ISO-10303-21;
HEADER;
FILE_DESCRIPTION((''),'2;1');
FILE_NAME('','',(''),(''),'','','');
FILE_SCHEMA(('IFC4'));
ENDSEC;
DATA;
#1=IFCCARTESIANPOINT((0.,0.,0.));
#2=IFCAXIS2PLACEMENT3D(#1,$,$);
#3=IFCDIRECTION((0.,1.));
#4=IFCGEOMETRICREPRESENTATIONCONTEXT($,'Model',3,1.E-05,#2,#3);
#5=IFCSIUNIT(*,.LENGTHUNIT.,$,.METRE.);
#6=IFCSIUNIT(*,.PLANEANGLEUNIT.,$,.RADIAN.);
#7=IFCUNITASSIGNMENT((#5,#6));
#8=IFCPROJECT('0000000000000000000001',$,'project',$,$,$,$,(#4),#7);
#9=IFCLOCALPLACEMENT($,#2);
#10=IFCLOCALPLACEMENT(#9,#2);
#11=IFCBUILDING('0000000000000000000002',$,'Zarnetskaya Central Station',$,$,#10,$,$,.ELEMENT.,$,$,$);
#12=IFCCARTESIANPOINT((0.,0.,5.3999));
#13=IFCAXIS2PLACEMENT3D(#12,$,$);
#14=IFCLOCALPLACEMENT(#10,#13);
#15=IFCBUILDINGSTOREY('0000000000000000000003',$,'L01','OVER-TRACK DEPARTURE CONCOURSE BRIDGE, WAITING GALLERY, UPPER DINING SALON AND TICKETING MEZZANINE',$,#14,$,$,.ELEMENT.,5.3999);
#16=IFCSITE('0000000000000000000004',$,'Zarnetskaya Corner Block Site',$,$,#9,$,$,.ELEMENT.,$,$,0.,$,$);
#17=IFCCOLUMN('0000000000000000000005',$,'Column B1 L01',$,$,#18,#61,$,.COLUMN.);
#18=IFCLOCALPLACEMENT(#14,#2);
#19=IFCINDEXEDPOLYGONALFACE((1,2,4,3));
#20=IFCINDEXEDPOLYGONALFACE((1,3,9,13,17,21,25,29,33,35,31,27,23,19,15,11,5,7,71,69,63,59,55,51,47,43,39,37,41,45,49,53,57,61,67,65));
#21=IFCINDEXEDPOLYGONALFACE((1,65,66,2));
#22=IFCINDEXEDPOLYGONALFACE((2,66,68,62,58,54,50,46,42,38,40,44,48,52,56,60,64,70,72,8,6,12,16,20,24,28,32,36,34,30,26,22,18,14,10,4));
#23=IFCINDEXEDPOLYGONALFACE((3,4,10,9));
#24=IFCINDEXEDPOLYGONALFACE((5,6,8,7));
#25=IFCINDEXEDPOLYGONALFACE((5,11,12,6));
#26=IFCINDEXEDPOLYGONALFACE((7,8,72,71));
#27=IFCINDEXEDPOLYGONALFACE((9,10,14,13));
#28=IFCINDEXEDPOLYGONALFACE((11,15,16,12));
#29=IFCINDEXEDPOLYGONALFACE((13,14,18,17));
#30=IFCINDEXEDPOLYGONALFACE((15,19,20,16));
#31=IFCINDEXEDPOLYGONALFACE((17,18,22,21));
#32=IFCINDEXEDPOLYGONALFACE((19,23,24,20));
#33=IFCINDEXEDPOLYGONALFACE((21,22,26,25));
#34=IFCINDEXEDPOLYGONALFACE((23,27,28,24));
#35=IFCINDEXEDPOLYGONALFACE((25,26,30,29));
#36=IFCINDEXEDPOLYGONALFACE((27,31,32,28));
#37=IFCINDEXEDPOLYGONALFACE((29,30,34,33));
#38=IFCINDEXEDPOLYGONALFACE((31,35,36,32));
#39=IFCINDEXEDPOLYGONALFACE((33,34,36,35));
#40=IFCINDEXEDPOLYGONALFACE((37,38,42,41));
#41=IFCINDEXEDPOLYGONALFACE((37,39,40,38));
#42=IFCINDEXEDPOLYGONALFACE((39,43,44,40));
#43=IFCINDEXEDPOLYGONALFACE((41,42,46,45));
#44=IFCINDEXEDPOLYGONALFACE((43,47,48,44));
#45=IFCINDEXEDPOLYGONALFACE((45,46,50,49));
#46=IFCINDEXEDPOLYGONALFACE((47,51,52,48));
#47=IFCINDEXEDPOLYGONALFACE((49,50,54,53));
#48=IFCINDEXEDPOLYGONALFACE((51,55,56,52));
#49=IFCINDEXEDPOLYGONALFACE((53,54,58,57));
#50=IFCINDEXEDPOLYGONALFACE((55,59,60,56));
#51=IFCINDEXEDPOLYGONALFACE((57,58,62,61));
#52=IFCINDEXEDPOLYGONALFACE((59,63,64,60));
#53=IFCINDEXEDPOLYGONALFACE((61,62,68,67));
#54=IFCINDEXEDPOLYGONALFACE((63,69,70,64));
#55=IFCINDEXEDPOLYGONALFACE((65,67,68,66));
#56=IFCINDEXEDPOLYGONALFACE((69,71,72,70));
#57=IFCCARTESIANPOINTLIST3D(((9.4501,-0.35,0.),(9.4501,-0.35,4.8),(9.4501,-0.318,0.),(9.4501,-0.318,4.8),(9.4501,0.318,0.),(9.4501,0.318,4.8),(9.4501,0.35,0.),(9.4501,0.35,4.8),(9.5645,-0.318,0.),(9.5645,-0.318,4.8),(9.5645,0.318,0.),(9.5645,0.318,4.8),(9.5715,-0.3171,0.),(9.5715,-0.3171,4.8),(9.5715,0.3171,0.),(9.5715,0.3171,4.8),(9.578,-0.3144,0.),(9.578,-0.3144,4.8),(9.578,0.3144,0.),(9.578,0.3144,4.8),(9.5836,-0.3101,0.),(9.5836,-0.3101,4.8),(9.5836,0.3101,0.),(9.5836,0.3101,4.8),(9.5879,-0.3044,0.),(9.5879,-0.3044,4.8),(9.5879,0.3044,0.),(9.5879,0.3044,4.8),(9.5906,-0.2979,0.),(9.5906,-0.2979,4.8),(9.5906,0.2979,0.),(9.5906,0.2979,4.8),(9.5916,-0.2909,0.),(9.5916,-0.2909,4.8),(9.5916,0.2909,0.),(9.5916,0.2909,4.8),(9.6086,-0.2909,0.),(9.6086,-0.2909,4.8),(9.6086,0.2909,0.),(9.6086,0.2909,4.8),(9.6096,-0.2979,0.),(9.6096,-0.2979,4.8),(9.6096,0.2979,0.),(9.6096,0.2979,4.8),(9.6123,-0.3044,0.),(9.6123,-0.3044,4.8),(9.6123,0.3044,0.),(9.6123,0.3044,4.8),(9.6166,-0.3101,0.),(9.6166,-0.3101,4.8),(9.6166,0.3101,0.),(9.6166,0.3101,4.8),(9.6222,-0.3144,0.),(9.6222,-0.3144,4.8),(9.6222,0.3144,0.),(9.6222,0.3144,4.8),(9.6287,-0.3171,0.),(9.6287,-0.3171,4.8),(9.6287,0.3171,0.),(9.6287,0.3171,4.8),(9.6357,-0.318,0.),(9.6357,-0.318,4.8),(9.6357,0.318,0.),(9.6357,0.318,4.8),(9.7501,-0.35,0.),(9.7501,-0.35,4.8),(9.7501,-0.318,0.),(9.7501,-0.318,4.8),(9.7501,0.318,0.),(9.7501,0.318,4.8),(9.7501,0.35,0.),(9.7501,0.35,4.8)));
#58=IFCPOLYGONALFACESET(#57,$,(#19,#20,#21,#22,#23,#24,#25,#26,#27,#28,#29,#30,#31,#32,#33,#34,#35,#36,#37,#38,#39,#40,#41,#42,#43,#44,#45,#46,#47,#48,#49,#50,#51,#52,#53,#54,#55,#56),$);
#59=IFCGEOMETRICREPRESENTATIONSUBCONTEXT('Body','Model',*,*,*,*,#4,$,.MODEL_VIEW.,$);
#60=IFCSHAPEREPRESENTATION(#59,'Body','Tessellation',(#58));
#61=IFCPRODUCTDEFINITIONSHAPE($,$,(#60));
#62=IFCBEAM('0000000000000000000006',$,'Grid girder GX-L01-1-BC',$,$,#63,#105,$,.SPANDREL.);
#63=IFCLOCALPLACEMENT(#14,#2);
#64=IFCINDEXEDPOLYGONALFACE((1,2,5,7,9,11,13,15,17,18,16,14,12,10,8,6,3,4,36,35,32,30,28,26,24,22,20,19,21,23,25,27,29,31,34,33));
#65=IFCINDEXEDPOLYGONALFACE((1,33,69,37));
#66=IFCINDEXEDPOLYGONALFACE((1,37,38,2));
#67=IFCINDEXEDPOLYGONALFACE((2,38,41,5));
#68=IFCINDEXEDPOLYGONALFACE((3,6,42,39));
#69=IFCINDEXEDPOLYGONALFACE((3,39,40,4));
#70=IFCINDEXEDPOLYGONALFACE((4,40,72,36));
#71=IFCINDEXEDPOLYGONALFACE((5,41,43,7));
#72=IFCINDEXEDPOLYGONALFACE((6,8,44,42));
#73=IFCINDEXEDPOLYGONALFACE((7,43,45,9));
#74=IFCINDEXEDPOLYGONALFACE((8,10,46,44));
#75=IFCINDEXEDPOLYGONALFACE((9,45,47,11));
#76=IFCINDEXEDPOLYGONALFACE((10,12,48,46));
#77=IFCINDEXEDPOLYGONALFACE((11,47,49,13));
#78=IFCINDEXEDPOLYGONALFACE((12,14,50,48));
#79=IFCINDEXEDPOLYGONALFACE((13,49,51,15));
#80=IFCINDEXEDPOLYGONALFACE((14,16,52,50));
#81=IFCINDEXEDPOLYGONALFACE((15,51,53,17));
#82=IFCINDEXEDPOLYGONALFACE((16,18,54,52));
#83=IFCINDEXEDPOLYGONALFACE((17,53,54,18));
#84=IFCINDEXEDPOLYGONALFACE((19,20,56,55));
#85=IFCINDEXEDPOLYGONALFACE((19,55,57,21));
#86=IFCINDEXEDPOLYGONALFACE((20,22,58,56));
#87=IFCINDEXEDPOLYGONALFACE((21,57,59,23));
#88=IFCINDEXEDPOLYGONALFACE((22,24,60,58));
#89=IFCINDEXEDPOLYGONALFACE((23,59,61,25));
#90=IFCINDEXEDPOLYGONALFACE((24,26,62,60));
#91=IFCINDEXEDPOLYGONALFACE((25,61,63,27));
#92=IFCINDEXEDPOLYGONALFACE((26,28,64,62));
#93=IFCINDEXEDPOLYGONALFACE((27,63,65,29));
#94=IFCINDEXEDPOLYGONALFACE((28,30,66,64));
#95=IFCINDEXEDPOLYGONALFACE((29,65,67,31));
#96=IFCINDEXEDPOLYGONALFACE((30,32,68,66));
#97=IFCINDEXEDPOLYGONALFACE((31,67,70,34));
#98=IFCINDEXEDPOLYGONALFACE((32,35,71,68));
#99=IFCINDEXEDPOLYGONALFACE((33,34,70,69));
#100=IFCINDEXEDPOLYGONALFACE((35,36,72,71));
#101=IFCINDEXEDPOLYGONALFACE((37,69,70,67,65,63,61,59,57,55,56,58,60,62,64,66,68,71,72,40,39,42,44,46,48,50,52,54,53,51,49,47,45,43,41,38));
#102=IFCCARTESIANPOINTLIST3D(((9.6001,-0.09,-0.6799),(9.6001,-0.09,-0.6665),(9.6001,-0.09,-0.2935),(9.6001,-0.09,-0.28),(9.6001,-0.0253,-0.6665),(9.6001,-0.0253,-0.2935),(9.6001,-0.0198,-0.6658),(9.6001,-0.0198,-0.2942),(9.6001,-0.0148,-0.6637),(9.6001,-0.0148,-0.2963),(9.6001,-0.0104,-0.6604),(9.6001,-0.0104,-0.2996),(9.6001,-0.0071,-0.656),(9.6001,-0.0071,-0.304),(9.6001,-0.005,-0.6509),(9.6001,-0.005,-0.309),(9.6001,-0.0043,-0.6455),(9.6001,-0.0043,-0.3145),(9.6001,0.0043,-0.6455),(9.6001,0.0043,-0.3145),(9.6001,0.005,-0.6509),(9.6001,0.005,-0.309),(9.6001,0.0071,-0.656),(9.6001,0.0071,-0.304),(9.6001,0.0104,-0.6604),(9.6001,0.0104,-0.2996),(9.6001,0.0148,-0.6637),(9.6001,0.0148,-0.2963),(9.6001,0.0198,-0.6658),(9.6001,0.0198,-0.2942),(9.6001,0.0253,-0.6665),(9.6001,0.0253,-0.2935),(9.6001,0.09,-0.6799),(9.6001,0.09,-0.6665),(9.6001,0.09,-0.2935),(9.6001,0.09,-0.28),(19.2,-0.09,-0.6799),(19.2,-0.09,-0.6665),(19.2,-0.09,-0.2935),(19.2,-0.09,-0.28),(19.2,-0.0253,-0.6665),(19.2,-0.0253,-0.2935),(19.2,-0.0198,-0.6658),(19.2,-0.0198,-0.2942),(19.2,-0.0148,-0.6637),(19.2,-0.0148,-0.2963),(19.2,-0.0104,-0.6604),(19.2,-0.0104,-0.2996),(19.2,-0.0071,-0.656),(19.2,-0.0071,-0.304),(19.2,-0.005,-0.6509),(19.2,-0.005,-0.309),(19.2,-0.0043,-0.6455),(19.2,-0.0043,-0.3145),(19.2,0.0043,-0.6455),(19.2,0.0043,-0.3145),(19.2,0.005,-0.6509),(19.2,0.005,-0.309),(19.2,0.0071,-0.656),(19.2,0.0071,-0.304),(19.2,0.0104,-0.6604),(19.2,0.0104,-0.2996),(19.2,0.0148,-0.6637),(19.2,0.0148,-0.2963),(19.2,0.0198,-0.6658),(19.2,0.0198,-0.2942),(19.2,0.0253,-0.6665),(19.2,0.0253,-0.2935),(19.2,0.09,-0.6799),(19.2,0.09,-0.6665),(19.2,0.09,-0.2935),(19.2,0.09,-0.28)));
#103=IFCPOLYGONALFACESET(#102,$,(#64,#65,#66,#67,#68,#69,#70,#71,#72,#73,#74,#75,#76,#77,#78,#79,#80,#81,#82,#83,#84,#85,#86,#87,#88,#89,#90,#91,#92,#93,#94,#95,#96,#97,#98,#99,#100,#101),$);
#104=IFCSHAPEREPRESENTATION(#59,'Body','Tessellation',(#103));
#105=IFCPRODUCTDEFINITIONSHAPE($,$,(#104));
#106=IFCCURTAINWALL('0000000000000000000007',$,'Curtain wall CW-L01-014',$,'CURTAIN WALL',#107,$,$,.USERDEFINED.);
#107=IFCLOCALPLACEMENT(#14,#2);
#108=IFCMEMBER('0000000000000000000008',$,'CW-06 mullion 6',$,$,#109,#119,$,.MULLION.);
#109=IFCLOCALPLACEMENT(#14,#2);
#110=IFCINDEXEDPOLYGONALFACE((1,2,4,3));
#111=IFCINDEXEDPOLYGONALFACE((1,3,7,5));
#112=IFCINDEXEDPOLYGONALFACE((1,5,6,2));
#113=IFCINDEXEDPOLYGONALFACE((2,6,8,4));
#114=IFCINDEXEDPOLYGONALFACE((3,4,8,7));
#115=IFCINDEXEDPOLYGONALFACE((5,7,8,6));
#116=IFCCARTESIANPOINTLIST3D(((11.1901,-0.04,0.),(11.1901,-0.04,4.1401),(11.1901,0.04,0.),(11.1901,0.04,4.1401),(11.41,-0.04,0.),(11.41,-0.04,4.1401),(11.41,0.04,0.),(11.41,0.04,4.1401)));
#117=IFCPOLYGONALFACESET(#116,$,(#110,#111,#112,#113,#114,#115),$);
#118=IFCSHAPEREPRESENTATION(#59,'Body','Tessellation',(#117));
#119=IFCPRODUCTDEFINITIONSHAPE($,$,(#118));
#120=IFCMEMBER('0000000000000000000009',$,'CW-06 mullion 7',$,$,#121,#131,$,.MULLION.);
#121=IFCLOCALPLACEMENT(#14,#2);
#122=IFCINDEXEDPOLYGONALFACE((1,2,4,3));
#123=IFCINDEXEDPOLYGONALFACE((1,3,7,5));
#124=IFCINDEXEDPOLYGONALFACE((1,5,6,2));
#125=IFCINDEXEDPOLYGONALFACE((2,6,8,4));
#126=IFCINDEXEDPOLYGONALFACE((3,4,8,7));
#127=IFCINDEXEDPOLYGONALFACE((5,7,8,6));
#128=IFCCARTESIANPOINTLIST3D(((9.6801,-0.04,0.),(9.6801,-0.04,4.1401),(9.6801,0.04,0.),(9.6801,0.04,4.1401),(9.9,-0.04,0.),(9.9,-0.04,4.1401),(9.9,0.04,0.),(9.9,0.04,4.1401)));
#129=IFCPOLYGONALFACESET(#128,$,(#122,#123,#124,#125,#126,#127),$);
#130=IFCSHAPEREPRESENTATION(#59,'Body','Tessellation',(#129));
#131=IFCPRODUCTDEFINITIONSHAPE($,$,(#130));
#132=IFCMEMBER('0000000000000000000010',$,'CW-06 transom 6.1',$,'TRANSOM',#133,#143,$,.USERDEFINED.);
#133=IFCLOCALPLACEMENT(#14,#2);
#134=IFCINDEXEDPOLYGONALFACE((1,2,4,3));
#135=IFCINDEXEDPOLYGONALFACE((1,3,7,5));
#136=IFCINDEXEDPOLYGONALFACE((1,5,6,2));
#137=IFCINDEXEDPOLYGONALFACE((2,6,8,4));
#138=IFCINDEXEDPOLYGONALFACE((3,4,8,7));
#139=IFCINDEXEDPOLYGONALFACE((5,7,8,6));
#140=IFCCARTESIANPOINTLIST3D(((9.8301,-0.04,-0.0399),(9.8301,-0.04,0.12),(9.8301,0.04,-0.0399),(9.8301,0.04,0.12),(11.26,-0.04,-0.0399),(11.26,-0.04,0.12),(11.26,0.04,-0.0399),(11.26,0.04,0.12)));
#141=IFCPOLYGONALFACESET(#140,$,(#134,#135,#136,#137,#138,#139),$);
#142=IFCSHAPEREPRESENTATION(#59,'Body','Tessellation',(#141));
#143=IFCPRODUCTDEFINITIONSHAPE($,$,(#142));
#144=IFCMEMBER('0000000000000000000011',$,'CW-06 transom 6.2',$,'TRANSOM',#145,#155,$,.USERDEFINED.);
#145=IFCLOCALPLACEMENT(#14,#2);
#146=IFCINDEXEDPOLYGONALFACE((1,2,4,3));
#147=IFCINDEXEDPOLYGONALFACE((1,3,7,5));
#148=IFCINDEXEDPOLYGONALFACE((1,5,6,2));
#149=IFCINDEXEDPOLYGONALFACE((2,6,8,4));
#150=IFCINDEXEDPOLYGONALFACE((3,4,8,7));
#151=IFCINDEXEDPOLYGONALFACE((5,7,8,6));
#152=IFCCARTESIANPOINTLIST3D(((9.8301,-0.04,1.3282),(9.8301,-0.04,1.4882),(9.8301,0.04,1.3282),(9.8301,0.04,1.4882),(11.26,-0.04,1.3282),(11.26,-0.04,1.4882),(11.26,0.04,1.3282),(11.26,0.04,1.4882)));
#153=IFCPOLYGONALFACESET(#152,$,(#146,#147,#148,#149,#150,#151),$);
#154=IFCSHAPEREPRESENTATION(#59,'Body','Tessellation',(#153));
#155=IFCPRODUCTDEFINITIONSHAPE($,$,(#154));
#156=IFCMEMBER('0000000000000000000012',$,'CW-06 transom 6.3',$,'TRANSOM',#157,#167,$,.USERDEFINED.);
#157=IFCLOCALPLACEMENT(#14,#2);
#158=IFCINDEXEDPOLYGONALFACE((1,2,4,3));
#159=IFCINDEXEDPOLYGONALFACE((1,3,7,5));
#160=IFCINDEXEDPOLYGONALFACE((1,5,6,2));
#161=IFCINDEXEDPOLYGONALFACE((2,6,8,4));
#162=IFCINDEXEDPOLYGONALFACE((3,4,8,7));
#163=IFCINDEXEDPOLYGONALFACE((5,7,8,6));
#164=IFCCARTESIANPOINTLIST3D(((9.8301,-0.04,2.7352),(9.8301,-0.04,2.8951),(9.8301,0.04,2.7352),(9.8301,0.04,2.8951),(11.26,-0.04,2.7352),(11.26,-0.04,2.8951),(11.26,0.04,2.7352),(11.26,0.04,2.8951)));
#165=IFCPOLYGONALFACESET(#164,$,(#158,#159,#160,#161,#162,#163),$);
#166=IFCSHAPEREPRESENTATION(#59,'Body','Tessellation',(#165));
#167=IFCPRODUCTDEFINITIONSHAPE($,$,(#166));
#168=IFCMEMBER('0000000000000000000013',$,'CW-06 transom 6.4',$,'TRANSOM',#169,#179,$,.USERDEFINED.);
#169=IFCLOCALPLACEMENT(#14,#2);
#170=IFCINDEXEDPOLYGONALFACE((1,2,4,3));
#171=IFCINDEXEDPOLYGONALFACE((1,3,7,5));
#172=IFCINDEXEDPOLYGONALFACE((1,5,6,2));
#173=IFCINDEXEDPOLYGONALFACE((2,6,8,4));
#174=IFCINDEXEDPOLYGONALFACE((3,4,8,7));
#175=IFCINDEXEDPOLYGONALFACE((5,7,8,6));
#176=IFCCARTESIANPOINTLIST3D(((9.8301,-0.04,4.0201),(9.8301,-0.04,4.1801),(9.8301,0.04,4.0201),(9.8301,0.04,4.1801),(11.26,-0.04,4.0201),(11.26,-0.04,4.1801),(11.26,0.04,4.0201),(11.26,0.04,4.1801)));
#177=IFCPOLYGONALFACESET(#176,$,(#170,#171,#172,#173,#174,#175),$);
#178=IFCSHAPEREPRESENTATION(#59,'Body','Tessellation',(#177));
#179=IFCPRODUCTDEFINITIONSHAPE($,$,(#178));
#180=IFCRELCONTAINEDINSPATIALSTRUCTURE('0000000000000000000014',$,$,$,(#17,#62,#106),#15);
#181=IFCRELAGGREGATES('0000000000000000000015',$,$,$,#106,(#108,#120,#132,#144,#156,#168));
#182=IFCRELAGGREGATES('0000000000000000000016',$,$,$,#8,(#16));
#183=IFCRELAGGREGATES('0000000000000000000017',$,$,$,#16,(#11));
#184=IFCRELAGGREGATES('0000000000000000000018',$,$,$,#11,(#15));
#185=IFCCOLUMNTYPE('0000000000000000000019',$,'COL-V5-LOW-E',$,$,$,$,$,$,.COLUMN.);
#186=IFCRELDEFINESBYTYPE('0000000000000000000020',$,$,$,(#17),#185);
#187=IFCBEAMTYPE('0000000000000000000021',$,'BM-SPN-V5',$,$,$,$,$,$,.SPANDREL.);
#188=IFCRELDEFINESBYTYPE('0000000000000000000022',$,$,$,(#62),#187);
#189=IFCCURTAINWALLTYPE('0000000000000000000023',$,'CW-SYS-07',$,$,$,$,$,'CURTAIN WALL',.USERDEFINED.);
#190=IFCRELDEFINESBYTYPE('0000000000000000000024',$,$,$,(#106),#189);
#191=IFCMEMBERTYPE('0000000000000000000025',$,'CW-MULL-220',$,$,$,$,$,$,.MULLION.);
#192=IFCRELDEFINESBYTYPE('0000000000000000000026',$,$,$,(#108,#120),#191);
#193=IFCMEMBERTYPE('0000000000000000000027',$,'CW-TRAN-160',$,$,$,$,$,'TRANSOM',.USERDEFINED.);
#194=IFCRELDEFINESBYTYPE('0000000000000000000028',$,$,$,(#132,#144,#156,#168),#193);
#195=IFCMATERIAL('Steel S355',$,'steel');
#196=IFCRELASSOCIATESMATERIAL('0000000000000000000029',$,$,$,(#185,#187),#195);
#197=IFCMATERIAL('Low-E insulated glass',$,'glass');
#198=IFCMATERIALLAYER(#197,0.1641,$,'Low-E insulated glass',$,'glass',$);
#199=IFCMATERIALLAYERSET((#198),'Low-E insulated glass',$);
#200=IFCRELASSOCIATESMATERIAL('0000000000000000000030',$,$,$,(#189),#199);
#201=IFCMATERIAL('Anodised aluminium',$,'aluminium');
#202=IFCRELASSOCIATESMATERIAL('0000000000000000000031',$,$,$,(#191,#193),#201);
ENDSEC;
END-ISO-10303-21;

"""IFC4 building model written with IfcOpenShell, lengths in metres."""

from ifc_helpers import new_model, si_unit, direction, frame, origin, origin_2d, place, context, subcontext, project, spatial, rectangle, i_section, extrude, material, layer, layer_set, material_profile, profile_set, type_object, element, aggregate, save


model = new_model("IFC4")

# Units and contexts
model_context = context("Model", 3, precision=1e-05, world=origin(), true_north=direction((0.0, 1.0)))
body_context = subcontext(model_context, "Body", "Model", "MODEL_VIEW")
ifc_project = project(units=[si_unit("LENGTHUNIT", "METRE"), si_unit("PLANEANGLEUNIT", "RADIAN")], contexts=[model_context])

# Site, building, storey
site_placement = place(None, origin())
site = spatial("IfcSite", under=ifc_project, at=site_placement, Name="Zarnetskaya Corner Block Site", CompositionType="ELEMENT", RefElevation=0.0)
building_placement = place(site_placement, origin())
building = spatial("IfcBuilding", under=site, at=building_placement, Name="Zarnetskaya Central Station", CompositionType="ELEMENT")
storey_placement = place(building_placement, frame((0.0, 0.0, 5.3999)))
storey = spatial("IfcBuildingStorey", under=building, at=storey_placement, Name="L01", Description="OVER-TRACK DEPARTURE CONCOURSE BRIDGE, WAITING GALLERY, UPPER DINING SALON AND TICKETING MEZZANINE", CompositionType="ELEMENT", Elevation=5.3999)

# Column
ifc_material_1 = material(Name="Steel S355", Category="steel")
ifc_material_profile_1 = material_profile(ifc_material_1, i_section(OverallWidth=0.3, OverallDepth=0.7, WebThickness=0.0171, FlangeThickness=0.032, FilletRadius=0.0271, at=origin_2d()), Name="HEB 700")
ifc_profile_set_1 = profile_set([ifc_material_profile_1], Name="Steel S355")
column_type = type_object("IfcColumnType", Name="COL-V5-LOW-E", PredefinedType="COLUMN", material=ifc_profile_set_1)
column_placement = place(storey_placement, frame((9.6001, 0.0, 0.0), z_axis=(0.0, 0.0, 1.0), x_axis=(1.0, 0.0, 0.0)))
element("IfcColumn", 1, at=column_placement, inside=storey, type_object=column_type, Name="Column B1 L01", PredefinedType="COLUMN", context=body_context, shape_type="SweptSolid", body=[
    extrude(i_section(OverallWidth=0.3, OverallDepth=0.7, WebThickness=0.0171, FlangeThickness=0.032, FilletRadius=0.0271, at=origin_2d()), origin(), (0.0, 0.0, 1.0), 4.8),
])

# Beam
ifc_material_profile_2 = material_profile(ifc_material_1, i_section(OverallWidth=0.1799, OverallDepth=0.3999, WebThickness=0.0085, FlangeThickness=0.0134, FilletRadius=0.021, at=origin_2d()), Name="IPE 400")
ifc_profile_set_2 = profile_set([ifc_material_profile_2], Name="Steel S355")
beam_type_1 = type_object("IfcBeamType", Name="BM-SPN-V5", PredefinedType="SPANDREL", material=ifc_profile_set_2)
beam_1_placement = place(storey_placement, frame((9.6001, 0.0, -0.48), z_axis=(1.0, 0.0, 0.0), x_axis=(0.0, 1.0, 0.0)))
element("IfcBeam", 2, at=beam_1_placement, inside=storey, type_object=beam_type_1, Name="Grid girder GX-L01-1-BC", PredefinedType="SPANDREL", context=body_context, shape_type="SweptSolid", body=[
    extrude(i_section(OverallWidth=0.1799, OverallDepth=0.3999, WebThickness=0.0085, FlangeThickness=0.0134, FilletRadius=0.021, at=origin_2d()), origin(), (0.0, 0.0, 1.0), 9.5999),
])

# Curtain wall, members
ifc_material_2 = material(Name="Low-E insulated glass", Category="glass")
ifc_layer_1 = layer(ifc_material_2, 0.1641, Name="Low-E insulated glass", Category="glass")
ifc_layer_set_1 = layer_set([ifc_layer_1], Name="Low-E insulated glass")
curtain_wall_type = type_object("IfcCurtainWallType", Name="CW-SYS-07", ElementType="CURTAIN WALL", PredefinedType="USERDEFINED", material=ifc_layer_set_1)
curtain_wall_placement = place(storey_placement, origin())
curtain_wall = element("IfcCurtainWall", 3, at=curtain_wall_placement, inside=storey, type_object=curtain_wall_type, Name="Curtain wall CW-L01-014", ObjectType="CURTAIN WALL", PredefinedType="USERDEFINED")
ifc_material_3 = material(Name="Anodised aluminium", Category="aluminium")
ifc_material_profile_3 = material_profile(ifc_material_3, rectangle(XDim=0.0801, YDim=0.22, at=origin_2d()), Name="ALU MULL 80x220")
ifc_profile_set_3 = profile_set([ifc_material_profile_3], Name="Anodised aluminium")
member_type_1 = type_object("IfcMemberType", Name="CW-MULL-220", PredefinedType="MULLION", material=ifc_profile_set_3)
member_1_placement = place(storey_placement, frame((11.3, 0.0, 0.0), z_axis=(0.0, 0.0, 1.0), x_axis=(0.0, -1.0, 0.0)))
member_1 = element("IfcMember", 4, at=member_1_placement, type_object=member_type_1, Name="CW-06 mullion 6", PredefinedType="MULLION", context=body_context, shape_type="SweptSolid", body=[
    extrude(rectangle(XDim=0.0801, YDim=0.22, at=origin_2d()), origin(), (0.0, 0.0, 1.0), 4.1401),
])
member_2_placement = place(storey_placement, frame((9.79, 0.0, 0.0), z_axis=(0.0, 0.0, 1.0), x_axis=(0.0, -1.0, 0.0)))
member_2 = element("IfcMember", 5, at=member_2_placement, type_object=member_type_1, Name="CW-06 mullion 7", PredefinedType="MULLION", context=body_context, shape_type="SweptSolid", body=[
    extrude(rectangle(XDim=0.0801, YDim=0.22, at=origin_2d()), origin(), (0.0, 0.0, 1.0), 4.1401),
])
ifc_material_profile_4 = material_profile(ifc_material_3, rectangle(XDim=0.0801, YDim=0.1599, at=origin_2d()), Name="ALU TRAN 80x160")
ifc_profile_set_4 = profile_set([ifc_material_profile_4], Name="Anodised aluminium")
member_type_2 = type_object("IfcMemberType", Name="CW-TRAN-160", ElementType="TRANSOM", PredefinedType="USERDEFINED", material=ifc_profile_set_4)
member_3_placement = place(storey_placement, frame((11.26, 0.0, 0.04), z_axis=(-1.0, 0.0, 0.0), x_axis=(0.0, -1.0, 0.0)))
member_3 = element("IfcMember", 6, at=member_3_placement, type_object=member_type_2, Name="CW-06 transom 6.1", ObjectType="TRANSOM", PredefinedType="USERDEFINED", context=body_context, shape_type="SweptSolid", body=[
    extrude(rectangle(XDim=0.0801, YDim=0.1599, at=origin_2d()), origin(), (0.0, 0.0, 1.0), 1.4299),
])
member_4_placement = place(storey_placement, frame((11.26, 0.0, 1.4082), z_axis=(-1.0, 0.0, 0.0), x_axis=(0.0, -1.0, 0.0)))
member_4 = element("IfcMember", 7, at=member_4_placement, type_object=member_type_2, Name="CW-06 transom 6.2", ObjectType="TRANSOM", PredefinedType="USERDEFINED", context=body_context, shape_type="SweptSolid", body=[
    extrude(rectangle(XDim=0.0801, YDim=0.1599, at=origin_2d()), origin(), (0.0, 0.0, 1.0), 1.4299),
])
member_5_placement = place(storey_placement, frame((11.26, 0.0, 2.8152), z_axis=(-1.0, 0.0, 0.0), x_axis=(0.0, -1.0, 0.0)))
member_5 = element("IfcMember", 8, at=member_5_placement, type_object=member_type_2, Name="CW-06 transom 6.3", ObjectType="TRANSOM", PredefinedType="USERDEFINED", context=body_context, shape_type="SweptSolid", body=[
    extrude(rectangle(XDim=0.0801, YDim=0.1599, at=origin_2d()), origin(), (0.0, 0.0, 1.0), 1.4299),
])
member_6_placement = place(storey_placement, frame((11.26, 0.0, 4.1001), z_axis=(-1.0, 0.0, 0.0), x_axis=(0.0, -1.0, 0.0)))
member_6 = element("IfcMember", 9, at=member_6_placement, type_object=member_type_2, Name="CW-06 transom 6.4", ObjectType="TRANSOM", PredefinedType="USERDEFINED", context=body_context, shape_type="SweptSolid", body=[
    extrude(rectangle(XDim=0.0801, YDim=0.1599, at=origin_2d()), origin(), (0.0, 0.0, 1.0), 1.4299),
])

aggregate(curtain_wall, [member_1, member_2, member_3, member_4, member_5, member_6])

save(model, "model.ifc")
